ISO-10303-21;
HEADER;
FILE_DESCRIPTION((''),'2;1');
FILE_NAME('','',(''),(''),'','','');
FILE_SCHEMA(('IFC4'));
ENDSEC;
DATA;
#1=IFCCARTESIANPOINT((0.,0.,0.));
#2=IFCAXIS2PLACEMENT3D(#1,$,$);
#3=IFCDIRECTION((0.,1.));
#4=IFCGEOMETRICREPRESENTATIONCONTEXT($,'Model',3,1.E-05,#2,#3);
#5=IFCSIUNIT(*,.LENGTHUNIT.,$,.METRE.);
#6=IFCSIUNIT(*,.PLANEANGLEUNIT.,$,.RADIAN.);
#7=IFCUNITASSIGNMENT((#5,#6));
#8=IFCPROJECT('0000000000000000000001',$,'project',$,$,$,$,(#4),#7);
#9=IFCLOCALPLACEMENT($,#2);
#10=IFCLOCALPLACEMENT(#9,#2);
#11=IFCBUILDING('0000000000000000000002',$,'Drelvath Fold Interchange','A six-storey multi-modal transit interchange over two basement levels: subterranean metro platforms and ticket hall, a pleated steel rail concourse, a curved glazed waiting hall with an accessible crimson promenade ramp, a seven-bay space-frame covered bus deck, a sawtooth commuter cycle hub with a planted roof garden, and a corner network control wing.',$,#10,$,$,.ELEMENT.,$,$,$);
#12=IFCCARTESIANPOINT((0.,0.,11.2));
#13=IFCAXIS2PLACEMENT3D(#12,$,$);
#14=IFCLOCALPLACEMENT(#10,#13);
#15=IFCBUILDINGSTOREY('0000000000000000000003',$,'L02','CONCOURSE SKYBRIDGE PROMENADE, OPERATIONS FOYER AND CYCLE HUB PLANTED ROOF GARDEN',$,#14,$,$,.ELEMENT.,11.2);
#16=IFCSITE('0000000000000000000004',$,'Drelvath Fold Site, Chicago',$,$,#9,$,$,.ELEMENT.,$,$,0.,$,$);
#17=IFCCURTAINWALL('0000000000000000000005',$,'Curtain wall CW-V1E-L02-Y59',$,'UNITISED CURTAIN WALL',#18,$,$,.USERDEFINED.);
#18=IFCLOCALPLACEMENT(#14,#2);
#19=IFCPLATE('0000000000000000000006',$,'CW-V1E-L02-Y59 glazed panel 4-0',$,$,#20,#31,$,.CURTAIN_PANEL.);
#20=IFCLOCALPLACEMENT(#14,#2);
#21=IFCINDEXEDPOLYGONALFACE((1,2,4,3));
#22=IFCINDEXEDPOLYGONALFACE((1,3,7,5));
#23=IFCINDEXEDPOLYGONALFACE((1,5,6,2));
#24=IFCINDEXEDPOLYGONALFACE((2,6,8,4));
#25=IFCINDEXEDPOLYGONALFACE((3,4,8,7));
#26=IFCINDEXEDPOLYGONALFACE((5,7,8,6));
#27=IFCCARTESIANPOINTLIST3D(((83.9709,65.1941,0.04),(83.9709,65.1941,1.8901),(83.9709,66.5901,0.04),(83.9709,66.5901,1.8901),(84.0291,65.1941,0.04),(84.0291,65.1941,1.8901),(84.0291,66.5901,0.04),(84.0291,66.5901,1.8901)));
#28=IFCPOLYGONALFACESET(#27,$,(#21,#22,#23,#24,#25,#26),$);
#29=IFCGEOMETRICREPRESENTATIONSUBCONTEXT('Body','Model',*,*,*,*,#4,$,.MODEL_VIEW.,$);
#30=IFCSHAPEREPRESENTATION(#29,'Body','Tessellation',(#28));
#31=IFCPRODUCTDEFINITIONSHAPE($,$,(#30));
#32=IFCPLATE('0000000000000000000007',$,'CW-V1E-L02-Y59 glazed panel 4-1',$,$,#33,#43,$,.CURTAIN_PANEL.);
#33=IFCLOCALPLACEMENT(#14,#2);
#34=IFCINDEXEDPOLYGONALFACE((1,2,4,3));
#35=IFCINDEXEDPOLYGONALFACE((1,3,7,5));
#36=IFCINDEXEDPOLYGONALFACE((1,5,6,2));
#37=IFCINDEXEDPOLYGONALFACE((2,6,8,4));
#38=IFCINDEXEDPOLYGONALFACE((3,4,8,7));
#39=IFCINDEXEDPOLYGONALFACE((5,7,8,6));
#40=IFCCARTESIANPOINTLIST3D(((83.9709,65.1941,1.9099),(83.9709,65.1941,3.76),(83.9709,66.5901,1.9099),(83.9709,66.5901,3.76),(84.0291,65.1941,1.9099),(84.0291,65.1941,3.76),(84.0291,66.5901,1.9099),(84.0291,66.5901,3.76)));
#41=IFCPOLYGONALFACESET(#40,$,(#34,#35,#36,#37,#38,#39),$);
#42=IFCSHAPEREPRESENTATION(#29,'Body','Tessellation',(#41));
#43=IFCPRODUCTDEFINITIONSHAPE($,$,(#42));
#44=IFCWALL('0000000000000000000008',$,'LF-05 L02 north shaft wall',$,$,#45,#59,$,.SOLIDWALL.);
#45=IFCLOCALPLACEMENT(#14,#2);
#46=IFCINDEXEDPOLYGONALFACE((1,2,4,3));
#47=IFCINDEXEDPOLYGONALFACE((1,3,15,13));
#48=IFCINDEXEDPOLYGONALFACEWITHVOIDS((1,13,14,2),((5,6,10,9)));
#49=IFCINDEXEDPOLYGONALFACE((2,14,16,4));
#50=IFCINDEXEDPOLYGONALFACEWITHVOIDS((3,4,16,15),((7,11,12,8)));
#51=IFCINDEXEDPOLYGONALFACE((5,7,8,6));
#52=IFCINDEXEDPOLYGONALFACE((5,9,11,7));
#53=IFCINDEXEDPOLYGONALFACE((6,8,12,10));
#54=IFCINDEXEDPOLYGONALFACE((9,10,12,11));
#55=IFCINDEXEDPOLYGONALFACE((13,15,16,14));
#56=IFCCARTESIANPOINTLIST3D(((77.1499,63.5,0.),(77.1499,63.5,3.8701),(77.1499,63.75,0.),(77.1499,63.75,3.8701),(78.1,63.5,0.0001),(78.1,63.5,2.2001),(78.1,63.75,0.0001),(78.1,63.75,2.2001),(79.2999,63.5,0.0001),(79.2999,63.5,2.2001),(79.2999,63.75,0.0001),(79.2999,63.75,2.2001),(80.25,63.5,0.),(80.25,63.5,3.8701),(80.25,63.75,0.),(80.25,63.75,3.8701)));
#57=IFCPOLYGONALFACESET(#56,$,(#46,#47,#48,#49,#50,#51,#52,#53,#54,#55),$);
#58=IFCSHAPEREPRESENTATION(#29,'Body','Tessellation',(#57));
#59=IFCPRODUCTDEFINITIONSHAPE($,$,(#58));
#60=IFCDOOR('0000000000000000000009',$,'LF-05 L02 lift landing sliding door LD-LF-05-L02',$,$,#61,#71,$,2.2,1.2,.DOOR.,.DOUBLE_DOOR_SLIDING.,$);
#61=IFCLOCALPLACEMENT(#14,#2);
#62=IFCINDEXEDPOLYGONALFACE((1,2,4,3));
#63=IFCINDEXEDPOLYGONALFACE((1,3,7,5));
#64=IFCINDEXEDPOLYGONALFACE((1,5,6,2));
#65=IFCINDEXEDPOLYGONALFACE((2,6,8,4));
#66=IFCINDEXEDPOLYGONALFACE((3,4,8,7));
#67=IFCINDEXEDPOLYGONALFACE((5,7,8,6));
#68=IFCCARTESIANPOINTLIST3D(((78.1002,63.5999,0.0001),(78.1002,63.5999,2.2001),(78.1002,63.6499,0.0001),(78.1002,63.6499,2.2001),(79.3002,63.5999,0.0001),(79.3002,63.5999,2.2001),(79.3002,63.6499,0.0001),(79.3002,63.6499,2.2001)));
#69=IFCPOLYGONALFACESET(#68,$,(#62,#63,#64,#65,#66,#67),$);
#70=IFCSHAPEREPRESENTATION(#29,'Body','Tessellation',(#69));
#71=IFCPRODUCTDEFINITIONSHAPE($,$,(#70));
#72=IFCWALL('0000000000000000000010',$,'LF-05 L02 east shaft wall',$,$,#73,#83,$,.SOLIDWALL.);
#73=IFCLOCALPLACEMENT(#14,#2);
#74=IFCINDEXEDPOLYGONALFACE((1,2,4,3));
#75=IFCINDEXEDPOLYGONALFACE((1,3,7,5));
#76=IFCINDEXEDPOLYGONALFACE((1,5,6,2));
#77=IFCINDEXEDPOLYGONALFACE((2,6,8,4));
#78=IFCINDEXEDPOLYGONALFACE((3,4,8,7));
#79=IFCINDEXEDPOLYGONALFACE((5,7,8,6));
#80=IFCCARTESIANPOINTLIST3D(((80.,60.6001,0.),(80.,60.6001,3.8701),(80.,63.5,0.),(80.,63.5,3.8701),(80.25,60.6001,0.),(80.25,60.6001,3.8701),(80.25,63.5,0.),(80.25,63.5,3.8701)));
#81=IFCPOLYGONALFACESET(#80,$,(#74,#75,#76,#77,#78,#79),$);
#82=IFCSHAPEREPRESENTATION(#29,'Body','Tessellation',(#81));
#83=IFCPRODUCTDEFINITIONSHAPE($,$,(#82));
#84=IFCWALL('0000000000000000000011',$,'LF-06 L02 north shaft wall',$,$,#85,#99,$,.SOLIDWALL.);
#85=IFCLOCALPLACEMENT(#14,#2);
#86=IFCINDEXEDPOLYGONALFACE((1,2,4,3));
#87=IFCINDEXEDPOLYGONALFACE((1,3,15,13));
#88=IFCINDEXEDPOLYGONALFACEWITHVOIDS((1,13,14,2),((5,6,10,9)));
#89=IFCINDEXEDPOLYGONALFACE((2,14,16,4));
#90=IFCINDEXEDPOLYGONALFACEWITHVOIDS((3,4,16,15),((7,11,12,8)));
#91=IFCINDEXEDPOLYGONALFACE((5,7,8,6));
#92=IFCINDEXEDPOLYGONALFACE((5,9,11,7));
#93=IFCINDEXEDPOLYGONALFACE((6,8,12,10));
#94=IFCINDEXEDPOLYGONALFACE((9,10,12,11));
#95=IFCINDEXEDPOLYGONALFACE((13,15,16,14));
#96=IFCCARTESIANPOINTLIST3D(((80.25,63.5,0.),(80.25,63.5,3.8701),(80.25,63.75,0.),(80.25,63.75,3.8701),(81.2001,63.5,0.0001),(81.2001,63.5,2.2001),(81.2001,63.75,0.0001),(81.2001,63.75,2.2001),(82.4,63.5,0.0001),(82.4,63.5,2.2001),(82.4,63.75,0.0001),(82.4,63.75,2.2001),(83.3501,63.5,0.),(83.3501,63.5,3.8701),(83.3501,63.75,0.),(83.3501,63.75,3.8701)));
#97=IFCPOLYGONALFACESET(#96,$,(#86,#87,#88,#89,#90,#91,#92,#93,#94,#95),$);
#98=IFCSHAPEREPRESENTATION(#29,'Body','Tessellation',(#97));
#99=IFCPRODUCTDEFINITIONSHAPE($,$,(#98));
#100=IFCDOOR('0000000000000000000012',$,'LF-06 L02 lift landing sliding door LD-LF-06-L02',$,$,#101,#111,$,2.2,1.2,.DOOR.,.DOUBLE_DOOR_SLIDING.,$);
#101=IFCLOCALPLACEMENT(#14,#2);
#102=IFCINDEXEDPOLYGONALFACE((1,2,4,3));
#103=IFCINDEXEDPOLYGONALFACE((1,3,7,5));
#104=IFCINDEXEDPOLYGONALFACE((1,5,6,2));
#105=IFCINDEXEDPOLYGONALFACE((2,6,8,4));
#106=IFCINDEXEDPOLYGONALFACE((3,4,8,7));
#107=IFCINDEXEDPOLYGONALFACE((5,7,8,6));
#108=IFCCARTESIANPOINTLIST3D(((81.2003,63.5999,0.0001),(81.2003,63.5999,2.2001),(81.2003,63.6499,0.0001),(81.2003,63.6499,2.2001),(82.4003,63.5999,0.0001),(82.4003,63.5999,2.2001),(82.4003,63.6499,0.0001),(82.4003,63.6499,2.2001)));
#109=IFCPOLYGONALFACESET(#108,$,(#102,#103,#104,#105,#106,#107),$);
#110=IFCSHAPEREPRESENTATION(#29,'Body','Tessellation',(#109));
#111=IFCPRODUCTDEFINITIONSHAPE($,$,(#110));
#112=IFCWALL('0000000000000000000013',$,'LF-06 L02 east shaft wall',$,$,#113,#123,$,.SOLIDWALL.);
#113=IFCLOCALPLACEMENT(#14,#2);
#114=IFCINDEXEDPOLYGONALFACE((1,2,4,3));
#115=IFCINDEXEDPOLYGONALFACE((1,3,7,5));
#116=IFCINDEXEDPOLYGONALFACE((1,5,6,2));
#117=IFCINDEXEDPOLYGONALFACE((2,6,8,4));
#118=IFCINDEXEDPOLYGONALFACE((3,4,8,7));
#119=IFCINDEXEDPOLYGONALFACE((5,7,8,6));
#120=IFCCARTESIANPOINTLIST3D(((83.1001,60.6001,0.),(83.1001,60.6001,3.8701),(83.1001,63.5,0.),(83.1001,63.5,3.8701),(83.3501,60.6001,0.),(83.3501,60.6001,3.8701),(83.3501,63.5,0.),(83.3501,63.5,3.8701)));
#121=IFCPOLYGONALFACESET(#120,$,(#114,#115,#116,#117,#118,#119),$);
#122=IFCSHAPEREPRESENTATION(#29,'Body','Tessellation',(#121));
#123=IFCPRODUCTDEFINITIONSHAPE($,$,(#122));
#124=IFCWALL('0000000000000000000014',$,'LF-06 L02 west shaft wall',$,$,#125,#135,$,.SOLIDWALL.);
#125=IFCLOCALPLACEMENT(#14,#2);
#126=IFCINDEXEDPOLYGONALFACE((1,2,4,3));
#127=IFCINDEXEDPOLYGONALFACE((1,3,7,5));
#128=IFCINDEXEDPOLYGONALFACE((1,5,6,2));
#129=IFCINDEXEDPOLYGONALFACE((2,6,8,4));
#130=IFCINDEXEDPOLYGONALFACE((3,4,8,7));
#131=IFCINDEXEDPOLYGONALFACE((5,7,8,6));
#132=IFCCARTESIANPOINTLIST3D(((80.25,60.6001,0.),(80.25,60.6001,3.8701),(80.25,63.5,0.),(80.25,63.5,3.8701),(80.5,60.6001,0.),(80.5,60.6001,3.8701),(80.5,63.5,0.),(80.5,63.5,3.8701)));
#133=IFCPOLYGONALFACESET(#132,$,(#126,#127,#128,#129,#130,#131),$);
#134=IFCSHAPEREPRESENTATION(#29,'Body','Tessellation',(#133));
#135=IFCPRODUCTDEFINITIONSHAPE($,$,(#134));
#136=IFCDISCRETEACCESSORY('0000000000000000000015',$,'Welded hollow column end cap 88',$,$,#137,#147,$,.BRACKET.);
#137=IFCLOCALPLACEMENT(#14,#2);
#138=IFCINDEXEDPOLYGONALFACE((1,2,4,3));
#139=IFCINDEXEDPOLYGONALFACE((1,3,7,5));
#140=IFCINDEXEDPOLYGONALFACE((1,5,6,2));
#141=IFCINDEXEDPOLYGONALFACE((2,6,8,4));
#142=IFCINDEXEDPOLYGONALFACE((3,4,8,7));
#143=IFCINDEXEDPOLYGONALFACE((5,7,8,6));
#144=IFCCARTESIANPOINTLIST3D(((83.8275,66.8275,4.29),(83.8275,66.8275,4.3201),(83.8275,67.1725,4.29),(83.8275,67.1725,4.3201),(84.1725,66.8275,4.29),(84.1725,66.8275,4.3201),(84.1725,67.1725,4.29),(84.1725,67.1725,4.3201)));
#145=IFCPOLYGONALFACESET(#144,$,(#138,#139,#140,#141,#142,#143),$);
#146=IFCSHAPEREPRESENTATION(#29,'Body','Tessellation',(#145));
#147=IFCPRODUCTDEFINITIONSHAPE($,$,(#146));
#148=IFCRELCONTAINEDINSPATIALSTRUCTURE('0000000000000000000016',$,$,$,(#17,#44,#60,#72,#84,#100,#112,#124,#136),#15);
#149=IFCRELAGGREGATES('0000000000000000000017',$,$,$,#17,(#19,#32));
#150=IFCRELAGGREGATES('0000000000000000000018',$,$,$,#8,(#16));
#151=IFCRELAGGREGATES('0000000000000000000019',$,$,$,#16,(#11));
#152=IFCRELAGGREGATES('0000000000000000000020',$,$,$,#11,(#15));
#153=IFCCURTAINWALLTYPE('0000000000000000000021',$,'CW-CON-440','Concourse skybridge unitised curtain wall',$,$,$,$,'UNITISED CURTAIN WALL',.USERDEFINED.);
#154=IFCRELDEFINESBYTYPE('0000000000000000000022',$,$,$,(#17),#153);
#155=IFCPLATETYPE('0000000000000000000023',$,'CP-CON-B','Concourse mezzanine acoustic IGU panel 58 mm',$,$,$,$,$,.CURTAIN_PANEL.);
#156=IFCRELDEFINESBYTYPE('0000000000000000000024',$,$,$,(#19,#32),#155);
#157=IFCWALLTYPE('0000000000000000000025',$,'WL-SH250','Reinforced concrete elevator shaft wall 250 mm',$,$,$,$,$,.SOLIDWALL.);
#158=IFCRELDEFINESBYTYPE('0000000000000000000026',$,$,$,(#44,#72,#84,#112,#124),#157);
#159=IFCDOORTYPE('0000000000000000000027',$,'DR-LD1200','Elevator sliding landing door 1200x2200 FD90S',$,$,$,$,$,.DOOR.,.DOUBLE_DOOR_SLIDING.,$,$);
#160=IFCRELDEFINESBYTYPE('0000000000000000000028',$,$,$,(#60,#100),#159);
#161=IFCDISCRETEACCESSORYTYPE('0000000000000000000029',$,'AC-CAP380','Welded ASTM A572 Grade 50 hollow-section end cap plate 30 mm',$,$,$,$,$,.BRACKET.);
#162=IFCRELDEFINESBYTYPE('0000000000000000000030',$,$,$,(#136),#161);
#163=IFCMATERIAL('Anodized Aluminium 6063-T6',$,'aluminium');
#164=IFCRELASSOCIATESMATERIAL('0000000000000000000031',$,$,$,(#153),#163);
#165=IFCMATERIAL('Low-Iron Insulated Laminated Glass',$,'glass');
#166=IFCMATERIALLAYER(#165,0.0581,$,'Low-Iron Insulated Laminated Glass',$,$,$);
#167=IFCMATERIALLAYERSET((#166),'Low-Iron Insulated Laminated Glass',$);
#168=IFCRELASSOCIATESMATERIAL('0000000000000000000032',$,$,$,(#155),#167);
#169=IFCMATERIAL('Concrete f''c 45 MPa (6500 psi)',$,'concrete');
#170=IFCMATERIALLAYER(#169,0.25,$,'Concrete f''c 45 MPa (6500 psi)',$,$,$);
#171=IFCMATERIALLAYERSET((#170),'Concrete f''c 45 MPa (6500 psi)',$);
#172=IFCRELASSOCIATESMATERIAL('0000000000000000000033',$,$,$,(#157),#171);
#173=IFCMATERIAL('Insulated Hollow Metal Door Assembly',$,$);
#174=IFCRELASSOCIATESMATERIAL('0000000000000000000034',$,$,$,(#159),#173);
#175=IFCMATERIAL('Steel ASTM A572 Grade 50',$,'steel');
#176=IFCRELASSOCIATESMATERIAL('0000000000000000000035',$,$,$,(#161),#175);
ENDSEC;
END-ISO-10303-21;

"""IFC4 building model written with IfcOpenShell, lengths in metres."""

from ifc_helpers import new_model, si_unit, direction, frame, frame_2d, origin, origin_2d, place, context, subcontext, project, spatial, rectangle, extrude, material, layer, layer_set, type_object, element, fill, aggregate, save


model = new_model("IFC4")

# Units and contexts
model_context = context("Model", 3, precision=1e-05, world=origin(), true_north=direction((0.0, 1.0)))
body_context = subcontext(model_context, "Body", "Model", "MODEL_VIEW")
ifc_project = project(units=[si_unit("LENGTHUNIT", "METRE"), si_unit("PLANEANGLEUNIT", "RADIAN")], contexts=[model_context])

# Site, building, storey
site_placement = place(None, origin())
site = spatial("IfcSite", under=ifc_project, at=site_placement, Name="Drelvath Fold Site, Chicago", CompositionType="ELEMENT", RefElevation=0.0)
building_placement = place(site_placement, origin())
building = spatial("IfcBuilding", under=site, at=building_placement, Name="Drelvath Fold Interchange", Description="A six-storey multi-modal transit interchange over two basement levels: subterranean metro platforms and ticket hall, a pleated steel rail concourse, a curved glazed waiting hall with an accessible crimson promenade ramp, a seven-bay space-frame covered bus deck, a sawtooth commuter cycle hub with a planted roof garden, and a corner network control wing.", CompositionType="ELEMENT")
storey_placement = place(building_placement, frame((0.0, 0.0, 11.2)))
storey = spatial("IfcBuildingStorey", under=building, at=storey_placement, Name="L02", Description="CONCOURSE SKYBRIDGE PROMENADE, OPERATIONS FOYER AND CYCLE HUB PLANTED ROOF GARDEN", CompositionType="ELEMENT", Elevation=11.2)

# Curtain wall
ifc_material_1 = material(Name="Anodized Aluminium 6063-T6", Category="aluminium")
curtain_wall_type = type_object("IfcCurtainWallType", Name="CW-CON-440", Description="Concourse skybridge unitised curtain wall", ElementType="UNITISED CURTAIN WALL", PredefinedType="USERDEFINED", material=ifc_material_1)
curtain_wall_1_placement = place(storey_placement, origin())
curtain_wall_1 = element("IfcCurtainWall", 1, at=curtain_wall_1_placement, inside=storey, type_object=curtain_wall_type, Name="Curtain wall CW-V1E-L02-Y59", ObjectType="UNITISED CURTAIN WALL", PredefinedType="USERDEFINED")

# Plates
ifc_material_2 = material(Name="Low-Iron Insulated Laminated Glass", Category="glass")
ifc_layer_1 = layer(ifc_material_2, 0.0581, Name="Low-Iron Insulated Laminated Glass")
ifc_layer_set_1 = layer_set([ifc_layer_1], Name="Low-Iron Insulated Laminated Glass")
plate_type = type_object("IfcPlateType", Name="CP-CON-B", Description="Concourse mezzanine acoustic IGU panel 58 mm", PredefinedType="CURTAIN_PANEL", material=ifc_layer_set_1)
plate_1_placement = place(storey_placement, frame((84.0, 65.8921, 0.04), z_axis=(0.0, 0.0, 1.0), x_axis=(0.0, 1.0, 0.0)))
plate_1 = element("IfcPlate", 2, at=plate_1_placement, type_object=plate_type, Name="CW-V1E-L02-Y59 glazed panel 4-0", PredefinedType="CURTAIN_PANEL", context=body_context, shape_type="SweptSolid", body=[
    extrude(rectangle(XDim=1.396, YDim=0.0581, at=origin_2d()), origin(), (0.0, 0.0, 1.0), 1.8501),
])
plate_2_placement = place(storey_placement, frame((84.0, 65.8921, 1.9099), z_axis=(0.0, 0.0, 1.0), x_axis=(0.0, 1.0, 0.0)))
plate_2 = element("IfcPlate", 3, at=plate_2_placement, type_object=plate_type, Name="CW-V1E-L02-Y59 glazed panel 4-1", PredefinedType="CURTAIN_PANEL", context=body_context, shape_type="SweptSolid", body=[
    extrude(rectangle(XDim=1.396, YDim=0.0581, at=origin_2d()), origin(), (0.0, 0.0, 1.0), 1.8501),
])
aggregate(curtain_wall_1, [plate_1, plate_2])

# Wall, opening, door
ifc_material_3 = material(Name="Concrete f'c 45 MPa (6500 psi)", Category="concrete")
ifc_layer_2 = layer(ifc_material_3, 0.25, Name="Concrete f'c 45 MPa (6500 psi)")
ifc_layer_set_2 = layer_set([ifc_layer_2], Name="Concrete f'c 45 MPa (6500 psi)")
wall_type = type_object("IfcWallType", Name="WL-SH250", Description="Reinforced concrete elevator shaft wall 250 mm", PredefinedType="SOLIDWALL", material=ifc_layer_set_2)
wall_1_placement = place(storey_placement, frame((80.25, 63.625, 0.0), z_axis=(0.0, 0.0, 1.0), x_axis=(-1.0, 0.0, 0.0)))
wall_1 = element("IfcWall", 4, at=wall_1_placement, inside=storey, type_object=wall_type, Name="LF-05 L02 north shaft wall", PredefinedType="SOLIDWALL", context=body_context, shape_type="SweptSolid", body=[
    extrude(rectangle(XDim=3.1001, YDim=0.25, at=frame_2d((1.55, 0.0))), origin(), (0.0, 0.0, 1.0), 3.8701),
])
opening_1_placement = place(wall_1_placement, frame((0.95, 0.0, 0.0)))
opening_1 = element("IfcOpeningElement", 5, at=opening_1_placement, cuts=wall_1, PredefinedType="OPENING", context=body_context, shape_type="SweptSolid", body=[
    extrude(rectangle(XDim=1.2, YDim=2.2, at=frame_2d((0.6001, 1.1001))), frame((0.0, 0.135, 0.0), z_axis=(0.0, -1.0, 0.0), x_axis=(1.0, 0.0, 0.0)), (0.0, 0.0, 1.0), 0.27),
])
ifc_material_4 = material(Name="Insulated Hollow Metal Door Assembly")
door_type = type_object("IfcDoorType", Name="DR-LD1200", Description="Elevator sliding landing door 1200x2200 FD90S", OperationType="DOUBLE_DOOR_SLIDING", PredefinedType="DOOR", material=ifc_material_4)
door_1_placement = place(opening_1_placement, frame((1.2, 0.0, 0.0), z_axis=(0.0, 0.0, 1.0), x_axis=(-1.0, 0.0, 0.0)))
door_1 = element("IfcDoor", 6, at=door_1_placement, inside=storey, type_object=door_type, Name="LF-05 L02 lift landing sliding door LD-LF-05-L02", OperationType="DOUBLE_DOOR_SLIDING", OverallHeight=2.2, OverallWidth=1.2, PredefinedType="DOOR", context=body_context, shape_type="SweptSolid", body=[
    extrude(rectangle(XDim=1.2, YDim=2.2, at=frame_2d((0.6001, 1.1001))), frame((0.0, 0.0249, 0.0), z_axis=(0.0, -1.0, 0.0), x_axis=(1.0, 0.0, 0.0)), (0.0, 0.0, 1.0), 0.05),
])
fill(opening_1, door_1)

# Wall
wall_2_placement = place(storey_placement, frame((80.125, 60.6001, 0.0), z_axis=(0.0, 0.0, 1.0), x_axis=(0.0, 1.0, 0.0)))
element("IfcWall", 7, at=wall_2_placement, inside=storey, type_object=wall_type, Name="LF-05 L02 east shaft wall", PredefinedType="SOLIDWALL", context=body_context, shape_type="SweptSolid", body=[
    extrude(rectangle(XDim=2.8999, YDim=0.25, at=frame_2d((1.45, 0.0))), origin(), (0.0, 0.0, 1.0), 3.8701),
])

# Wall, opening, door
wall_3_placement = place(storey_placement, frame((83.3501, 63.625, 0.0), z_axis=(0.0, 0.0, 1.0), x_axis=(-1.0, 0.0, 0.0)))
wall_3 = element("IfcWall", 8, at=wall_3_placement, inside=storey, type_object=wall_type, Name="LF-06 L02 north shaft wall", PredefinedType="SOLIDWALL", context=body_context, shape_type="SweptSolid", body=[
    extrude(rectangle(XDim=3.1001, YDim=0.25, at=frame_2d((1.55, 0.0))), origin(), (0.0, 0.0, 1.0), 3.8701),
])
opening_2_placement = place(wall_3_placement, frame((0.95, 0.0, 0.0)))
opening_2 = element("IfcOpeningElement", 9, at=opening_2_placement, cuts=wall_3, PredefinedType="OPENING", context=body_context, shape_type="SweptSolid", body=[
    extrude(rectangle(XDim=1.2, YDim=2.2, at=frame_2d((0.6001, 1.1001))), frame((0.0, 0.135, 0.0), z_axis=(0.0, -1.0, 0.0), x_axis=(1.0, 0.0, 0.0)), (0.0, 0.0, 1.0), 0.27),
])
door_2_placement = place(opening_2_placement, frame((1.2, 0.0, 0.0), z_axis=(0.0, 0.0, 1.0), x_axis=(-1.0, 0.0, 0.0)))
door_2 = element("IfcDoor", 10, at=door_2_placement, inside=storey, type_object=door_type, Name="LF-06 L02 lift landing sliding door LD-LF-06-L02", OperationType="DOUBLE_DOOR_SLIDING", OverallHeight=2.2, OverallWidth=1.2, PredefinedType="DOOR", context=body_context, shape_type="SweptSolid", body=[
    extrude(rectangle(XDim=1.2, YDim=2.2, at=frame_2d((0.6001, 1.1001))), frame((0.0, 0.0249, 0.0), z_axis=(0.0, -1.0, 0.0), x_axis=(1.0, 0.0, 0.0)), (0.0, 0.0, 1.0), 0.05),
])
fill(opening_2, door_2)

# Walls
for number, where, z_axis, x_axis, name in (
    (11, (83.2251, 60.6001, 0.0), (0.0, 0.0, 1.0), (0.0, 1.0, 0.0), "LF-06 L02 east shaft wall"),
    (12, (80.375, 63.5, 0.0), (0.0, 0.0, 1.0), (0.0, -1.0, 0.0), "LF-06 L02 west shaft wall"),
):
    element("IfcWall", number, at=place(storey_placement, frame(where, z_axis=z_axis, x_axis=x_axis)), inside=storey, type_object=wall_type, Name=name, PredefinedType="SOLIDWALL", context=body_context, shape_type="SweptSolid", body=[
        extrude(rectangle(XDim=2.8999, YDim=0.25, at=frame_2d((1.45, 0.0))), origin(), (0.0, 0.0, 1.0), 3.8701),
    ])

# Discrete accessory
ifc_material_5 = material(Name="Steel ASTM A572 Grade 50", Category="steel")
discrete_accessory_type = type_object("IfcDiscreteAccessoryType", Name="AC-CAP380", Description="Welded ASTM A572 Grade 50 hollow-section end cap plate 30 mm", PredefinedType="BRACKET", material=ifc_material_5)
discrete_accessory_placement = place(storey_placement, frame((84.0, 67.0, 4.29), z_axis=(0.0, 0.0, 1.0), x_axis=(1.0, 0.0, 0.0)))
element("IfcDiscreteAccessory", 13, at=discrete_accessory_placement, inside=storey, type_object=discrete_accessory_type, Name="Welded hollow column end cap 88", PredefinedType="BRACKET", context=body_context, shape_type="SweptSolid", body=[
    extrude(rectangle(XDim=0.345, YDim=0.345, at=origin_2d()), origin(), (0.0, 0.0, 1.0), 0.03),
])

save(model, "model.ifc")
